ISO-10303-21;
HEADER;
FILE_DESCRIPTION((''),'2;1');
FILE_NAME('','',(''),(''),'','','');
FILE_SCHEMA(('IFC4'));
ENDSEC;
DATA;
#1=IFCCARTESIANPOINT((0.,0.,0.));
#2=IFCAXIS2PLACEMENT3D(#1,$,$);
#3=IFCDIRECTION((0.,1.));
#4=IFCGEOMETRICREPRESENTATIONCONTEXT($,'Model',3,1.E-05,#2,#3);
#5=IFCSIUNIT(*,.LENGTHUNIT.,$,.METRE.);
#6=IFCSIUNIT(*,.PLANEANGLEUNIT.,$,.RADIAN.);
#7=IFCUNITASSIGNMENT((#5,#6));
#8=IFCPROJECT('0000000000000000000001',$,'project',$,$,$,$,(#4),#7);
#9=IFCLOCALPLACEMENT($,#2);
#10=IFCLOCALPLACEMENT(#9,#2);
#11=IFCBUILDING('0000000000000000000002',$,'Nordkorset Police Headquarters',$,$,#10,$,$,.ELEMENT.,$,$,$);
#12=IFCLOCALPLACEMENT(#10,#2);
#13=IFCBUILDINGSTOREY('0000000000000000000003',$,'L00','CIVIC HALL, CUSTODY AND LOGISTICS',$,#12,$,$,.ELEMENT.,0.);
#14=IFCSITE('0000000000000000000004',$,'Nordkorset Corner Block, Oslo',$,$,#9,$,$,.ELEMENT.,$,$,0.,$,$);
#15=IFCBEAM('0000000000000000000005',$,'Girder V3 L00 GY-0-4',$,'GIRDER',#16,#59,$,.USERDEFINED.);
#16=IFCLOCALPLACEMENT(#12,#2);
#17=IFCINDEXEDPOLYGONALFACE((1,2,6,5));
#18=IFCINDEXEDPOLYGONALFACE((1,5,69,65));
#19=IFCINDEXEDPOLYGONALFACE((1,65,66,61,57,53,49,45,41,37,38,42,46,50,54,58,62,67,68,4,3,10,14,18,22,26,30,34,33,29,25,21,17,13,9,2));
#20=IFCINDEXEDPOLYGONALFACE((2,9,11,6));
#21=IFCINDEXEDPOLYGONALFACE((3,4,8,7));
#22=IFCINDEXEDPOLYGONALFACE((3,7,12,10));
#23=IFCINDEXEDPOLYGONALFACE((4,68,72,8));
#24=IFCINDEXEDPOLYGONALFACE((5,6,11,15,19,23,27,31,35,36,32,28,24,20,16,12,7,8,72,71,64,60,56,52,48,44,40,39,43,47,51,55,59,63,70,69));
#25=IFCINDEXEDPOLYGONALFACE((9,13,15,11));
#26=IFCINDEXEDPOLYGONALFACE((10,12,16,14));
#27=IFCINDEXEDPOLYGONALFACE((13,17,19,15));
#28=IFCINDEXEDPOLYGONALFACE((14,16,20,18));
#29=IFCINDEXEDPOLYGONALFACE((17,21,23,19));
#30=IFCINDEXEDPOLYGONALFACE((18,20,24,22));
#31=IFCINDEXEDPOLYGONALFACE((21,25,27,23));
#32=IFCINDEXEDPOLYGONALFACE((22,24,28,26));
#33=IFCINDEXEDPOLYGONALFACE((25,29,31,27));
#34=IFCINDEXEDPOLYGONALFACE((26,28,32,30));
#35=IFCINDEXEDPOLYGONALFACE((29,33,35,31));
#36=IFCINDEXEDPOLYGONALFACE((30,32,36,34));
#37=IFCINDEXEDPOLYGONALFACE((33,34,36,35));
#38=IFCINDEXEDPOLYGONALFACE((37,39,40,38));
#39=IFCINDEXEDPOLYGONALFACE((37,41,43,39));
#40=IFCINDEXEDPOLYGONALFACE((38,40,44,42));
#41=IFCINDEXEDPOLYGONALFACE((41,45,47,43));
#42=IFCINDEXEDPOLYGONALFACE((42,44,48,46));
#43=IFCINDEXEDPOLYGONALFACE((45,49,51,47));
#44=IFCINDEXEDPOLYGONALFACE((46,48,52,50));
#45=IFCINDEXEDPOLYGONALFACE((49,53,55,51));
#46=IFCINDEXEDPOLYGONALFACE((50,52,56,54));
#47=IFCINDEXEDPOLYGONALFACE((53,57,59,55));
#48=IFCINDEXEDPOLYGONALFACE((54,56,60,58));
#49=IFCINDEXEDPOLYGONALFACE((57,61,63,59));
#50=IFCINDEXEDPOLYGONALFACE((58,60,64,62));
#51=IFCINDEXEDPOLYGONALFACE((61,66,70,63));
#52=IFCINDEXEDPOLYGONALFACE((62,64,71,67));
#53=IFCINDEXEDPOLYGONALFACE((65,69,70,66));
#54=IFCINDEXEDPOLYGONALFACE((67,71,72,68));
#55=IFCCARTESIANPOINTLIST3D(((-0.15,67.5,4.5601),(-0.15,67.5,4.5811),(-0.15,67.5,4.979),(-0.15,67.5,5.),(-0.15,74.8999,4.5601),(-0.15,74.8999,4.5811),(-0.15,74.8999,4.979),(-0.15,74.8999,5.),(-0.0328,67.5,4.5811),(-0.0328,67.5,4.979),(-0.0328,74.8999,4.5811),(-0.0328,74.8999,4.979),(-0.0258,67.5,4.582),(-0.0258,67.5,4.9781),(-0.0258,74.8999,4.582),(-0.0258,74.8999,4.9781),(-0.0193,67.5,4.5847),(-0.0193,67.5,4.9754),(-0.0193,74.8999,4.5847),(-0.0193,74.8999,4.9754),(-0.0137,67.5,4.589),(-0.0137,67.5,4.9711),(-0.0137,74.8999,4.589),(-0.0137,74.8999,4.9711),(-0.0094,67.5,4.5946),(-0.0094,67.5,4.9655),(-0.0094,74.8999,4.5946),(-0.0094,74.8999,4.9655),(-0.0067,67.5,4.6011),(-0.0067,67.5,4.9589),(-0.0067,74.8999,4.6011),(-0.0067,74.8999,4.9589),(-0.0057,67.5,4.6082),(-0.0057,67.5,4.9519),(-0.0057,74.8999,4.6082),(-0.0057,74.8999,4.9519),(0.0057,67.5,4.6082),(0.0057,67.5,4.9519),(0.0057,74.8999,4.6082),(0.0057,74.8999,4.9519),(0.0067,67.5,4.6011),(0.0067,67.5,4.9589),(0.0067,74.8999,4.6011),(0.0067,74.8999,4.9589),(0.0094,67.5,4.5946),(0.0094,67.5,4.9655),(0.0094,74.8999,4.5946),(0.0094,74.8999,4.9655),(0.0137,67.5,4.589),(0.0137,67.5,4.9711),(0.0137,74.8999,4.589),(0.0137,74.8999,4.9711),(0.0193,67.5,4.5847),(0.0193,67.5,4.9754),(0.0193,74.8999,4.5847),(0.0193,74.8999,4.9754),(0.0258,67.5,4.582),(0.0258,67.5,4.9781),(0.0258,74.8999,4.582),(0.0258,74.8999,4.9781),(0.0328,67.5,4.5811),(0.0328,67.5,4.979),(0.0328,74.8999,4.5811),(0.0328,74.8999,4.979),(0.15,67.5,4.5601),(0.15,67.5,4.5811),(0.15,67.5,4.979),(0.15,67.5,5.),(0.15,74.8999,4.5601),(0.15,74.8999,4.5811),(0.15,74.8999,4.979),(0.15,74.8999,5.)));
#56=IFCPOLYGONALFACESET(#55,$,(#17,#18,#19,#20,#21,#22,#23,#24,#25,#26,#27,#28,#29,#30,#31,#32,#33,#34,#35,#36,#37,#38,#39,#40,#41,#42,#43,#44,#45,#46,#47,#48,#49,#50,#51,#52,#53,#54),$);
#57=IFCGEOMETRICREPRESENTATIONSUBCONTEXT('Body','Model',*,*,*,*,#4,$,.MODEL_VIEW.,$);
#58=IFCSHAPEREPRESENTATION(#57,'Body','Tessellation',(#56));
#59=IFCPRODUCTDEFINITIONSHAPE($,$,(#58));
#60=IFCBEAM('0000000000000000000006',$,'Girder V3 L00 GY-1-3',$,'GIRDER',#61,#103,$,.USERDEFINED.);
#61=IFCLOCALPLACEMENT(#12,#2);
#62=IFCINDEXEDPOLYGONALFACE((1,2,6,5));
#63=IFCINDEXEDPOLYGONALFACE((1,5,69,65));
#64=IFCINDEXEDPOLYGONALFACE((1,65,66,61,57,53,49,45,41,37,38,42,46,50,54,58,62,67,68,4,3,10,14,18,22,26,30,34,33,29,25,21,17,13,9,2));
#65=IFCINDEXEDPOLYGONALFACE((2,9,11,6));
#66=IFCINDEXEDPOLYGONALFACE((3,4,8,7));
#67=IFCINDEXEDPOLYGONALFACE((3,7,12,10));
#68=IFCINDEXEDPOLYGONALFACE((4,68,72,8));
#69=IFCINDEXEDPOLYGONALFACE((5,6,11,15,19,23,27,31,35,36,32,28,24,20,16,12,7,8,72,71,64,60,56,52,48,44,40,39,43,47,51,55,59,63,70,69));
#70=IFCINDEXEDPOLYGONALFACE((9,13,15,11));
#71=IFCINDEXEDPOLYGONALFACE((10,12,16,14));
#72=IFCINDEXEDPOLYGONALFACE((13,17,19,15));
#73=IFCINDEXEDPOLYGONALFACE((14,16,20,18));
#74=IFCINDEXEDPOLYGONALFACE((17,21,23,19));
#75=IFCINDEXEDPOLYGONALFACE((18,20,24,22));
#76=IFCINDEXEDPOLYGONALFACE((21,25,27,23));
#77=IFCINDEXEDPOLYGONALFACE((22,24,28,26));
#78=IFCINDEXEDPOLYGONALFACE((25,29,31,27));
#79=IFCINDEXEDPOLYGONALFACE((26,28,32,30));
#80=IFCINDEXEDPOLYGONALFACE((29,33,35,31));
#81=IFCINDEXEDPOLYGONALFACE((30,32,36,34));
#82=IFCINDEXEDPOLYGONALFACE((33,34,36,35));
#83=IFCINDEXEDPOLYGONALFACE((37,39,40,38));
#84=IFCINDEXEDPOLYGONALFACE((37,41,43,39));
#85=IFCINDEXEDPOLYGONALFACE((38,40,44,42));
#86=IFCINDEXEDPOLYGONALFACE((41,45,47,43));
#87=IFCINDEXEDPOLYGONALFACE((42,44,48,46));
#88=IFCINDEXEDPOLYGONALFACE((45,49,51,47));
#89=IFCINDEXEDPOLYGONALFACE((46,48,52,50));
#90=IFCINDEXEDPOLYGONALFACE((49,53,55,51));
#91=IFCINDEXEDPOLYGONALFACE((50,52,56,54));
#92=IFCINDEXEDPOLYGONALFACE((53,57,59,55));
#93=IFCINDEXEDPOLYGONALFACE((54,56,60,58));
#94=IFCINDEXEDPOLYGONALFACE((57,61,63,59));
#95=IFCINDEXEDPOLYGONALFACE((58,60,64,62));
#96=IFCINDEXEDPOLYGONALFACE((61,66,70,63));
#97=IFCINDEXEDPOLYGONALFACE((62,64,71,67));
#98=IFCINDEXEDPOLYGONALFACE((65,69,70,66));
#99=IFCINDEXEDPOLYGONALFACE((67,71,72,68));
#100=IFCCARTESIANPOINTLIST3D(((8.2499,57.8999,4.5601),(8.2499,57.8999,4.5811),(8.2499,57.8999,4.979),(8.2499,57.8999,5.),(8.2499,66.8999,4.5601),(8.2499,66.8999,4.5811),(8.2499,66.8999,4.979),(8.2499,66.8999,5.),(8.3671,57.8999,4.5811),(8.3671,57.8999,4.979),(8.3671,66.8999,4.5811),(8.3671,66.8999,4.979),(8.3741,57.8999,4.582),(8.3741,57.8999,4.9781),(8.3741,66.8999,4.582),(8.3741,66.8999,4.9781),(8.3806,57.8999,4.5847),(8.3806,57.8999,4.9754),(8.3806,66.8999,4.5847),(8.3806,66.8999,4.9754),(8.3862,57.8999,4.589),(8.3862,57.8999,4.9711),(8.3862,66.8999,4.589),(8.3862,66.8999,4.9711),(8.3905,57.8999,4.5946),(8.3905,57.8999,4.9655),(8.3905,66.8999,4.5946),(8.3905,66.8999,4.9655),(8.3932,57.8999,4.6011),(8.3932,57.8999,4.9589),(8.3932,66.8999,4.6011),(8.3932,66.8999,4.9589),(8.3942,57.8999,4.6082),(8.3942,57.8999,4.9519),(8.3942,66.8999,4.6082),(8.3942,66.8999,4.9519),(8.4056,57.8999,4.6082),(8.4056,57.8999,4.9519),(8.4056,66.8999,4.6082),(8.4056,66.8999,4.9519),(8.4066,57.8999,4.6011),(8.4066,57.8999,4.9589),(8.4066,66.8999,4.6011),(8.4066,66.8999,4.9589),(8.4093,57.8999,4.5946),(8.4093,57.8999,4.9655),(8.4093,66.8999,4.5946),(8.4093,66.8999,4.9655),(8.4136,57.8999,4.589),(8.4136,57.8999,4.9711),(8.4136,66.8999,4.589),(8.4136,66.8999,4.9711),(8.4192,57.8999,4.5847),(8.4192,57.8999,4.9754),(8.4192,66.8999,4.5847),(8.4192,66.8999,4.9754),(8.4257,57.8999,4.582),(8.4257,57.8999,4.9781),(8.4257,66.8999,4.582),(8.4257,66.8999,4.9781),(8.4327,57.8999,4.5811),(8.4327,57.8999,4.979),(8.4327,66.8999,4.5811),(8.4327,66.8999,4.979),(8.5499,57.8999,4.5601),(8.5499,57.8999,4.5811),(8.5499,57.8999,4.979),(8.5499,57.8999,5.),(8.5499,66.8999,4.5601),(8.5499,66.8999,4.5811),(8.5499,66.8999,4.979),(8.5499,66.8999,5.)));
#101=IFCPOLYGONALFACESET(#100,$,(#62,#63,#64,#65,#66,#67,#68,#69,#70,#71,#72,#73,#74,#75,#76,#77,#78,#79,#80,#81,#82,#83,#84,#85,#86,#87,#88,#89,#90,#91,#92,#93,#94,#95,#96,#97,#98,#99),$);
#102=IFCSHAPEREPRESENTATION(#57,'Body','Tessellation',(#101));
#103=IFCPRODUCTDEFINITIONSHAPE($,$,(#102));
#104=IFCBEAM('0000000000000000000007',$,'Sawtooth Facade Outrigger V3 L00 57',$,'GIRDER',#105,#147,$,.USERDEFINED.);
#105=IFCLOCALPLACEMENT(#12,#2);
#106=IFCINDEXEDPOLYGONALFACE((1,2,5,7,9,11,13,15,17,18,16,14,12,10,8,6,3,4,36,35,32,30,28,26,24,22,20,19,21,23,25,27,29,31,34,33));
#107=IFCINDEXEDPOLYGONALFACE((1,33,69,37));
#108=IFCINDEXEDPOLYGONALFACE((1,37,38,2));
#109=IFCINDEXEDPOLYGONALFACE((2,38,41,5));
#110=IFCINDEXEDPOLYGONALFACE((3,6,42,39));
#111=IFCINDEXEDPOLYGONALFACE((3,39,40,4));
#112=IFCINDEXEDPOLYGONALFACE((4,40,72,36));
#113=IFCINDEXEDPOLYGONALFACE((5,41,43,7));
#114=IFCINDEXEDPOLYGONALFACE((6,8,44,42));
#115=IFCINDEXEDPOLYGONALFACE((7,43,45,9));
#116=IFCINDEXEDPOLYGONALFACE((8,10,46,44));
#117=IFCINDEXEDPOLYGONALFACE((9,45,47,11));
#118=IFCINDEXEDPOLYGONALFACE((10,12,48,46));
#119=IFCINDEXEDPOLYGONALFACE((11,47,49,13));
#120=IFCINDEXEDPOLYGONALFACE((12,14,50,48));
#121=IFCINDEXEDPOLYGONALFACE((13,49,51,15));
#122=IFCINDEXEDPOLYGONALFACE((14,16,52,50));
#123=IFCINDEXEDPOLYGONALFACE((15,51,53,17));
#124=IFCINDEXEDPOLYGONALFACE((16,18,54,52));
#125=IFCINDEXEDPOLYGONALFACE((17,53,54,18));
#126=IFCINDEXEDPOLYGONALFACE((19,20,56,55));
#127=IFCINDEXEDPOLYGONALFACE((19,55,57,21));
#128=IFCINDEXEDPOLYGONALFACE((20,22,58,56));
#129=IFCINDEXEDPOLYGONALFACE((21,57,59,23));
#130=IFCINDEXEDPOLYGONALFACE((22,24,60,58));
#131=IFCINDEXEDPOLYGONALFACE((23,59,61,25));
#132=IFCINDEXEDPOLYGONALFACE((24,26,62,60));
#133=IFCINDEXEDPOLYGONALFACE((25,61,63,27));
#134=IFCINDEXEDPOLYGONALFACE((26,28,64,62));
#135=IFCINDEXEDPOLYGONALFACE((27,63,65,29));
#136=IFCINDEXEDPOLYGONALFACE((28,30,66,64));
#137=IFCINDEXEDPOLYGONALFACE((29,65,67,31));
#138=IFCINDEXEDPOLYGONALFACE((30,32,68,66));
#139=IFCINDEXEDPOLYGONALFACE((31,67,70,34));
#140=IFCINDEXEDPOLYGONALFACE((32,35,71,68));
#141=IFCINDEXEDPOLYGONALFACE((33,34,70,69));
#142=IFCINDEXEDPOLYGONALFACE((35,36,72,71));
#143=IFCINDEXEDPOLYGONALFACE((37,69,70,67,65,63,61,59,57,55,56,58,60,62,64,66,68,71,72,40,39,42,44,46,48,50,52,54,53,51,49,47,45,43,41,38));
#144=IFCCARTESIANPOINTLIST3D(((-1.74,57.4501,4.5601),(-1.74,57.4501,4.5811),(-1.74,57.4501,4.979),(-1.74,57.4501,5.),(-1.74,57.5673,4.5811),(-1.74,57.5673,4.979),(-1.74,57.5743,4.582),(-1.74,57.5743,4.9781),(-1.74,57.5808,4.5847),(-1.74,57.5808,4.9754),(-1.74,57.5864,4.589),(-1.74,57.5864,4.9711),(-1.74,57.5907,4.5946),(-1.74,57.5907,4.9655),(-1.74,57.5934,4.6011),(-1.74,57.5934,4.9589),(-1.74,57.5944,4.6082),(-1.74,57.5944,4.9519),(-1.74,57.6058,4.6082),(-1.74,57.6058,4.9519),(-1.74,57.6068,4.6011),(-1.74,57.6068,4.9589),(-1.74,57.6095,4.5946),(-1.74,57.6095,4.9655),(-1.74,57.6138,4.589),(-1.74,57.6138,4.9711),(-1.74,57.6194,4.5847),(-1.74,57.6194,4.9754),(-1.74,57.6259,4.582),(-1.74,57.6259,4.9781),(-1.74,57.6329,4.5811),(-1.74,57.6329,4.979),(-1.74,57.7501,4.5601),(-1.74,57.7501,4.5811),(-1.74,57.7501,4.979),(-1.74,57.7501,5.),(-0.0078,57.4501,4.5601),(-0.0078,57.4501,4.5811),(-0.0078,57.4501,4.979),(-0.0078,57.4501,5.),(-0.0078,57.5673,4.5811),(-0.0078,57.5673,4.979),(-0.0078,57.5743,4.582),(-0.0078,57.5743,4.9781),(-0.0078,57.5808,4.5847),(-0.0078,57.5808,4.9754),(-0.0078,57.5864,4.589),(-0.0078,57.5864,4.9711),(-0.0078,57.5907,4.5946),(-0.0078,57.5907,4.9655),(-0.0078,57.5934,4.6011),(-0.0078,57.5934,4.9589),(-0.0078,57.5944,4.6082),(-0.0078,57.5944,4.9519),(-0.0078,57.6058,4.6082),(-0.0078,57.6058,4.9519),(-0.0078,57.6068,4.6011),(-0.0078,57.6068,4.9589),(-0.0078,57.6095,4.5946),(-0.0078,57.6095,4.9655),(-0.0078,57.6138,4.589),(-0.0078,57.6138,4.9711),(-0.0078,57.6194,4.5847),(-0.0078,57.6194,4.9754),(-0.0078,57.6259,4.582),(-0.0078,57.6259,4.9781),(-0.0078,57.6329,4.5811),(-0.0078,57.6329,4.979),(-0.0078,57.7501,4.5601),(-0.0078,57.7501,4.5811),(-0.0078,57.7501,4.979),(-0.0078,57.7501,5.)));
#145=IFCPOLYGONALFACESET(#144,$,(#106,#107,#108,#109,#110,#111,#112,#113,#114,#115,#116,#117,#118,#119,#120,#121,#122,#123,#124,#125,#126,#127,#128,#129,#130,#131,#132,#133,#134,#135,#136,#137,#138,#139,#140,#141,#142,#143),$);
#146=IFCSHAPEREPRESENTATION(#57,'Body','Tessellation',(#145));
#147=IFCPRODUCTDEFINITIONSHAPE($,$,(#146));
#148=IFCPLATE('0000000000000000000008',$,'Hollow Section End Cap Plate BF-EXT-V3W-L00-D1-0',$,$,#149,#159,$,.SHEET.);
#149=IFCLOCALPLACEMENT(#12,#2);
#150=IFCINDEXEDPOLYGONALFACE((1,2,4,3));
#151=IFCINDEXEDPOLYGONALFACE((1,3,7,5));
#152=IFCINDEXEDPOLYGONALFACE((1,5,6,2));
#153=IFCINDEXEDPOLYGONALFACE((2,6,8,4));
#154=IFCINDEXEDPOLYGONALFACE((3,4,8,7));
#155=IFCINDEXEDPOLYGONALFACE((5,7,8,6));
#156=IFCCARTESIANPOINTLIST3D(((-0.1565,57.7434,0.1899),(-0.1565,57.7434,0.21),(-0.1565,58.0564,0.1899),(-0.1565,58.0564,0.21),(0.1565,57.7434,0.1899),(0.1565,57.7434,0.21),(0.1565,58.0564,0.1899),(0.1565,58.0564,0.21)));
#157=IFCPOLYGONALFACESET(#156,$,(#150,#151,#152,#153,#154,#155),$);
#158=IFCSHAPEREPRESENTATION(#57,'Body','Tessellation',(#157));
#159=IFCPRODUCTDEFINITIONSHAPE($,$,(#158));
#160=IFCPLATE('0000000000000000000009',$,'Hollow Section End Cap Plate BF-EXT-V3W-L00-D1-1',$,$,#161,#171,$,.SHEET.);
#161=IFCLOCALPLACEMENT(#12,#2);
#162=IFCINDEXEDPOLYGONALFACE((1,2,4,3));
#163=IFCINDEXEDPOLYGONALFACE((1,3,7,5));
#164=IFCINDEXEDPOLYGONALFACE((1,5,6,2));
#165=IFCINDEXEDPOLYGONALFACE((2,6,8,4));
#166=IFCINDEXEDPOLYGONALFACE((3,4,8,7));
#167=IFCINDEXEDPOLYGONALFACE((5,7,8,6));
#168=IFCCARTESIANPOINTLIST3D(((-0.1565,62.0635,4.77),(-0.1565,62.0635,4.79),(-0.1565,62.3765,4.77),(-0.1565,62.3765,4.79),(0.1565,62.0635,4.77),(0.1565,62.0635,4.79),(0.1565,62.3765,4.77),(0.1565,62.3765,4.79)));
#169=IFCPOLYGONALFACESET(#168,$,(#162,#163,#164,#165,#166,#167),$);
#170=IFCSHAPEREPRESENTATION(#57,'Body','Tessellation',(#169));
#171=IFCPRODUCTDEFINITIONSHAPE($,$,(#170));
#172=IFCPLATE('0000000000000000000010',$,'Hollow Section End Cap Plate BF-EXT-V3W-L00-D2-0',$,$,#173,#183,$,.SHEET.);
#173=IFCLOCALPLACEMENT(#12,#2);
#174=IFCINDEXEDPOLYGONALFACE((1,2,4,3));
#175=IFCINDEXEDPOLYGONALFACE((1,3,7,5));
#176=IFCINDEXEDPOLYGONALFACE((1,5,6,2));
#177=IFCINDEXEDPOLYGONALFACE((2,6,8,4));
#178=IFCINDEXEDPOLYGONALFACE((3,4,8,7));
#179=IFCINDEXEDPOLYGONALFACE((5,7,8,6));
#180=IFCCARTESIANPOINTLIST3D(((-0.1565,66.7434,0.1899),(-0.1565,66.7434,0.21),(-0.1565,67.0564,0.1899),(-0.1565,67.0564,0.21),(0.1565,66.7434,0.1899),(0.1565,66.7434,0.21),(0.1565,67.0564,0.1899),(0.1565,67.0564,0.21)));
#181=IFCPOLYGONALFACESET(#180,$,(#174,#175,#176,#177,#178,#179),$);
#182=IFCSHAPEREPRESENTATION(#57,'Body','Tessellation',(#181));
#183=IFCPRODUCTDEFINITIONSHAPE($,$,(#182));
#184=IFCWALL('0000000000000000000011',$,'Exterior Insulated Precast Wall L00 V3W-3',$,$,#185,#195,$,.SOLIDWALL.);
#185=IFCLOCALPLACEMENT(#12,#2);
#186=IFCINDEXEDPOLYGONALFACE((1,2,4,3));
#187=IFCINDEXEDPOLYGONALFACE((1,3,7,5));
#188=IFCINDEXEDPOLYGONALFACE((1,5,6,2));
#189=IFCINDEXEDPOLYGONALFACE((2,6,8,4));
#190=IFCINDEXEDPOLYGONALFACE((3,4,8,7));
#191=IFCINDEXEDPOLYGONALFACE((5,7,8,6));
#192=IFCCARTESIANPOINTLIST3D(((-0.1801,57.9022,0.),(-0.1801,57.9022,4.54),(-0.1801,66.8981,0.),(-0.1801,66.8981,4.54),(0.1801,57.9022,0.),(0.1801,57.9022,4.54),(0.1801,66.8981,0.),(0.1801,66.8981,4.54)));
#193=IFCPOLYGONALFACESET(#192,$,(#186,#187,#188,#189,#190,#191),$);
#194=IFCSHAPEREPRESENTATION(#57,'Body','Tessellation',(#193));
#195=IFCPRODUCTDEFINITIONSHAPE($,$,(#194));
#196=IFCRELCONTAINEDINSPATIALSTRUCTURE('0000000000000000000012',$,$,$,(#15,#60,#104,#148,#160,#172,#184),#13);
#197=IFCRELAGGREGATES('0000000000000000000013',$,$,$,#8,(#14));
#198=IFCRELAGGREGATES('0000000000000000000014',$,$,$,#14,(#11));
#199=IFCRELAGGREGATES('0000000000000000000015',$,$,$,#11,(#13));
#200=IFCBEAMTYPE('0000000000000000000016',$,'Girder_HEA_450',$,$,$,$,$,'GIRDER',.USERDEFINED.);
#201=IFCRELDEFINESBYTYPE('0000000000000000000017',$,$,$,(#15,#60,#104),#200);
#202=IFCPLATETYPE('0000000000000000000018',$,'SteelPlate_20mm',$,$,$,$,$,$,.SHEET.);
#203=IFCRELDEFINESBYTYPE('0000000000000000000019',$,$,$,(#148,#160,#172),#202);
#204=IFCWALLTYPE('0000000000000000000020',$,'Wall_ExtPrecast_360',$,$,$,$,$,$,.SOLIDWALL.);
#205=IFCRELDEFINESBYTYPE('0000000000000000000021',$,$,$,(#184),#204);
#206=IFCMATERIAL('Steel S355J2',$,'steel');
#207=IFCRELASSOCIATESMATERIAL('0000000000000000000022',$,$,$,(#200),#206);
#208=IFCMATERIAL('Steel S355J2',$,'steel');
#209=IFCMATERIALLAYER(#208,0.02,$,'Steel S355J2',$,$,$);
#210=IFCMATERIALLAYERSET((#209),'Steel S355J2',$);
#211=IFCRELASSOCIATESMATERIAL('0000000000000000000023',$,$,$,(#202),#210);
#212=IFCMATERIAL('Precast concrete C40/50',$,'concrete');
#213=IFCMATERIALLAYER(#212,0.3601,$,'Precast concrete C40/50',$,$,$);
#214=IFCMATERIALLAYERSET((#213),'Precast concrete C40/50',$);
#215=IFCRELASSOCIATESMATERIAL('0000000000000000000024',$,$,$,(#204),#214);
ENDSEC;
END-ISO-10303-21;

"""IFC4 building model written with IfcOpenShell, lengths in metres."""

from ifc_helpers import new_model, si_unit, direction, frame, frame_2d, origin, origin_2d, place, context, subcontext, project, spatial, rectangle, i_section, extrude, material, layer, layer_set, material_profile, profile_set, type_object, element, save


model = new_model("IFC4")

# Units and contexts
model_context = context("Model", 3, precision=1e-05, world=origin(), true_north=direction((0.0, 1.0)))
body_context = subcontext(model_context, "Body", "Model", "MODEL_VIEW")
ifc_project = project(units=[si_unit("LENGTHUNIT", "METRE"), si_unit("PLANEANGLEUNIT", "RADIAN")], contexts=[model_context])

# Site, building, storey
site_placement = place(None, origin())
site = spatial("IfcSite", under=ifc_project, at=site_placement, Name="Nordkorset Corner Block, Oslo", CompositionType="ELEMENT", RefElevation=0.0)
building_placement = place(site_placement, origin())
building = spatial("IfcBuilding", under=site, at=building_placement, Name="Nordkorset Police Headquarters", CompositionType="ELEMENT")
storey_placement = place(building_placement, origin())
storey = spatial("IfcBuildingStorey", under=building, at=storey_placement, Name="L00", Description="CIVIC HALL, CUSTODY AND LOGISTICS", CompositionType="ELEMENT", Elevation=0.0)

# Beams
ifc_material_1 = material(Name="Steel S355J2", Category="steel")
ifc_material_profile_1 = material_profile(ifc_material_1, i_section(OverallWidth=0.3, OverallDepth=0.4399, WebThickness=0.0115, FlangeThickness=0.021, FilletRadius=0.0271, at=origin_2d()), Name="HEA 450")
ifc_profile_set_1 = profile_set([ifc_material_profile_1], Name="Steel S355J2")
beam_type_1 = type_object("IfcBeamType", Name="Girder_HEA_450", ElementType="GIRDER", PredefinedType="USERDEFINED", material=ifc_profile_set_1)
beam_1_placement = place(storey_placement, frame((0.0, 67.5, 4.78), z_axis=(0.0, 1.0, 0.0), x_axis=(-1.0, 0.0, 0.0)))
element("IfcBeam", 1, at=beam_1_placement, inside=storey, type_object=beam_type_1, Name="Girder V3 L00 GY-0-4", ObjectType="GIRDER", PredefinedType="USERDEFINED", context=body_context, shape_type="SweptSolid", body=[
    extrude(i_section(OverallWidth=0.3, OverallDepth=0.4399, WebThickness=0.0115, FlangeThickness=0.021, FilletRadius=0.0271, at=origin_2d()), origin(), (0.0, 0.0, 1.0), 7.3999),
])
beam_2_placement = place(storey_placement, frame((8.3999, 57.8999, 4.78), z_axis=(0.0, 1.0, 0.0), x_axis=(-1.0, 0.0, 0.0)))
element("IfcBeam", 2, at=beam_2_placement, inside=storey, type_object=beam_type_1, Name="Girder V3 L00 GY-1-3", ObjectType="GIRDER", PredefinedType="USERDEFINED", context=body_context, shape_type="SweptSolid", body=[
    extrude(i_section(OverallWidth=0.3, OverallDepth=0.4399, WebThickness=0.0115, FlangeThickness=0.021, FilletRadius=0.0271, at=origin_2d()), origin(), (0.0, 0.0, 1.0), 9.0),
])
beam_3_placement = place(storey_placement, frame((-0.0078, 57.6001, 4.78), z_axis=(-1.0, 0.0, 0.0), x_axis=(0.0, -1.0, 0.0)))
element("IfcBeam", 3, at=beam_3_placement, inside=storey, type_object=beam_type_1, Name="Sawtooth Facade Outrigger V3 L00 57", ObjectType="GIRDER", PredefinedType="USERDEFINED", context=body_context, shape_type="SweptSolid", body=[
    extrude(i_section(OverallWidth=0.3, OverallDepth=0.4399, WebThickness=0.0115, FlangeThickness=0.021, FilletRadius=0.0271, at=origin_2d()), origin(), (0.0, 0.0, 1.0), 1.7322),
])

# Plates
ifc_material_2 = material(Name="Steel S355J2", Category="steel")
ifc_layer_1 = layer(ifc_material_2, 0.02, Name="Steel S355J2")
ifc_layer_set_1 = layer_set([ifc_layer_1], Name="Steel S355J2")
plate_type = type_object("IfcPlateType", Name="SteelPlate_20mm", PredefinedType="SHEET", material=ifc_layer_set_1)
for number, where, z_axis, x_axis, name in (
    (4, (0.0, 57.8999, 0.1899), (0.0, 0.0, 1.0), (1.0, 0.0, 0.0), "Hollow Section End Cap Plate BF-EXT-V3W-L00-D1-0"),
    (5, (0.0, 62.22, 4.77), (0.0, 0.0, 1.0), (1.0, 0.0, 0.0), "Hollow Section End Cap Plate BF-EXT-V3W-L00-D1-1"),
    (6, (0.0, 66.8999, 0.1899), (0.0, 0.0, 1.0), (1.0, 0.0, 0.0), "Hollow Section End Cap Plate BF-EXT-V3W-L00-D2-0"),
):
    element("IfcPlate", number, at=place(storey_placement, frame(where, z_axis=z_axis, x_axis=x_axis)), inside=storey, type_object=plate_type, Name=name, PredefinedType="SHEET", context=body_context, shape_type="SweptSolid", body=[
        extrude(rectangle(XDim=0.313, YDim=0.313, at=origin_2d()), origin(), (0.0, 0.0, 1.0), 0.02),
    ])

# Wall
ifc_material_3 = material(Name="Precast concrete C40/50", Category="concrete")
ifc_layer_2 = layer(ifc_material_3, 0.3601, Name="Precast concrete C40/50")
ifc_layer_set_2 = layer_set([ifc_layer_2], Name="Precast concrete C40/50")
wall_type_1 = type_object("IfcWallType", Name="Wall_ExtPrecast_360", PredefinedType="SOLIDWALL", material=ifc_layer_set_2)
wall_1_placement = place(storey_placement, frame((0.0, 57.9021, 0.0), z_axis=(0.0, 0.0, 1.0), x_axis=(0.0, 1.0, 0.0)))
element("IfcWall", 7, at=wall_1_placement, inside=storey, type_object=wall_type_1, Name="Exterior Insulated Precast Wall L00 V3W-3", PredefinedType="SOLIDWALL", context=body_context, shape_type="SweptSolid", body=[
    extrude(rectangle(XDim=8.9958, YDim=0.3601, at=frame_2d((4.498, 0.0))), origin(), (0.0, 0.0, 1.0), 4.54),
])

save(model, "model.ifc")
